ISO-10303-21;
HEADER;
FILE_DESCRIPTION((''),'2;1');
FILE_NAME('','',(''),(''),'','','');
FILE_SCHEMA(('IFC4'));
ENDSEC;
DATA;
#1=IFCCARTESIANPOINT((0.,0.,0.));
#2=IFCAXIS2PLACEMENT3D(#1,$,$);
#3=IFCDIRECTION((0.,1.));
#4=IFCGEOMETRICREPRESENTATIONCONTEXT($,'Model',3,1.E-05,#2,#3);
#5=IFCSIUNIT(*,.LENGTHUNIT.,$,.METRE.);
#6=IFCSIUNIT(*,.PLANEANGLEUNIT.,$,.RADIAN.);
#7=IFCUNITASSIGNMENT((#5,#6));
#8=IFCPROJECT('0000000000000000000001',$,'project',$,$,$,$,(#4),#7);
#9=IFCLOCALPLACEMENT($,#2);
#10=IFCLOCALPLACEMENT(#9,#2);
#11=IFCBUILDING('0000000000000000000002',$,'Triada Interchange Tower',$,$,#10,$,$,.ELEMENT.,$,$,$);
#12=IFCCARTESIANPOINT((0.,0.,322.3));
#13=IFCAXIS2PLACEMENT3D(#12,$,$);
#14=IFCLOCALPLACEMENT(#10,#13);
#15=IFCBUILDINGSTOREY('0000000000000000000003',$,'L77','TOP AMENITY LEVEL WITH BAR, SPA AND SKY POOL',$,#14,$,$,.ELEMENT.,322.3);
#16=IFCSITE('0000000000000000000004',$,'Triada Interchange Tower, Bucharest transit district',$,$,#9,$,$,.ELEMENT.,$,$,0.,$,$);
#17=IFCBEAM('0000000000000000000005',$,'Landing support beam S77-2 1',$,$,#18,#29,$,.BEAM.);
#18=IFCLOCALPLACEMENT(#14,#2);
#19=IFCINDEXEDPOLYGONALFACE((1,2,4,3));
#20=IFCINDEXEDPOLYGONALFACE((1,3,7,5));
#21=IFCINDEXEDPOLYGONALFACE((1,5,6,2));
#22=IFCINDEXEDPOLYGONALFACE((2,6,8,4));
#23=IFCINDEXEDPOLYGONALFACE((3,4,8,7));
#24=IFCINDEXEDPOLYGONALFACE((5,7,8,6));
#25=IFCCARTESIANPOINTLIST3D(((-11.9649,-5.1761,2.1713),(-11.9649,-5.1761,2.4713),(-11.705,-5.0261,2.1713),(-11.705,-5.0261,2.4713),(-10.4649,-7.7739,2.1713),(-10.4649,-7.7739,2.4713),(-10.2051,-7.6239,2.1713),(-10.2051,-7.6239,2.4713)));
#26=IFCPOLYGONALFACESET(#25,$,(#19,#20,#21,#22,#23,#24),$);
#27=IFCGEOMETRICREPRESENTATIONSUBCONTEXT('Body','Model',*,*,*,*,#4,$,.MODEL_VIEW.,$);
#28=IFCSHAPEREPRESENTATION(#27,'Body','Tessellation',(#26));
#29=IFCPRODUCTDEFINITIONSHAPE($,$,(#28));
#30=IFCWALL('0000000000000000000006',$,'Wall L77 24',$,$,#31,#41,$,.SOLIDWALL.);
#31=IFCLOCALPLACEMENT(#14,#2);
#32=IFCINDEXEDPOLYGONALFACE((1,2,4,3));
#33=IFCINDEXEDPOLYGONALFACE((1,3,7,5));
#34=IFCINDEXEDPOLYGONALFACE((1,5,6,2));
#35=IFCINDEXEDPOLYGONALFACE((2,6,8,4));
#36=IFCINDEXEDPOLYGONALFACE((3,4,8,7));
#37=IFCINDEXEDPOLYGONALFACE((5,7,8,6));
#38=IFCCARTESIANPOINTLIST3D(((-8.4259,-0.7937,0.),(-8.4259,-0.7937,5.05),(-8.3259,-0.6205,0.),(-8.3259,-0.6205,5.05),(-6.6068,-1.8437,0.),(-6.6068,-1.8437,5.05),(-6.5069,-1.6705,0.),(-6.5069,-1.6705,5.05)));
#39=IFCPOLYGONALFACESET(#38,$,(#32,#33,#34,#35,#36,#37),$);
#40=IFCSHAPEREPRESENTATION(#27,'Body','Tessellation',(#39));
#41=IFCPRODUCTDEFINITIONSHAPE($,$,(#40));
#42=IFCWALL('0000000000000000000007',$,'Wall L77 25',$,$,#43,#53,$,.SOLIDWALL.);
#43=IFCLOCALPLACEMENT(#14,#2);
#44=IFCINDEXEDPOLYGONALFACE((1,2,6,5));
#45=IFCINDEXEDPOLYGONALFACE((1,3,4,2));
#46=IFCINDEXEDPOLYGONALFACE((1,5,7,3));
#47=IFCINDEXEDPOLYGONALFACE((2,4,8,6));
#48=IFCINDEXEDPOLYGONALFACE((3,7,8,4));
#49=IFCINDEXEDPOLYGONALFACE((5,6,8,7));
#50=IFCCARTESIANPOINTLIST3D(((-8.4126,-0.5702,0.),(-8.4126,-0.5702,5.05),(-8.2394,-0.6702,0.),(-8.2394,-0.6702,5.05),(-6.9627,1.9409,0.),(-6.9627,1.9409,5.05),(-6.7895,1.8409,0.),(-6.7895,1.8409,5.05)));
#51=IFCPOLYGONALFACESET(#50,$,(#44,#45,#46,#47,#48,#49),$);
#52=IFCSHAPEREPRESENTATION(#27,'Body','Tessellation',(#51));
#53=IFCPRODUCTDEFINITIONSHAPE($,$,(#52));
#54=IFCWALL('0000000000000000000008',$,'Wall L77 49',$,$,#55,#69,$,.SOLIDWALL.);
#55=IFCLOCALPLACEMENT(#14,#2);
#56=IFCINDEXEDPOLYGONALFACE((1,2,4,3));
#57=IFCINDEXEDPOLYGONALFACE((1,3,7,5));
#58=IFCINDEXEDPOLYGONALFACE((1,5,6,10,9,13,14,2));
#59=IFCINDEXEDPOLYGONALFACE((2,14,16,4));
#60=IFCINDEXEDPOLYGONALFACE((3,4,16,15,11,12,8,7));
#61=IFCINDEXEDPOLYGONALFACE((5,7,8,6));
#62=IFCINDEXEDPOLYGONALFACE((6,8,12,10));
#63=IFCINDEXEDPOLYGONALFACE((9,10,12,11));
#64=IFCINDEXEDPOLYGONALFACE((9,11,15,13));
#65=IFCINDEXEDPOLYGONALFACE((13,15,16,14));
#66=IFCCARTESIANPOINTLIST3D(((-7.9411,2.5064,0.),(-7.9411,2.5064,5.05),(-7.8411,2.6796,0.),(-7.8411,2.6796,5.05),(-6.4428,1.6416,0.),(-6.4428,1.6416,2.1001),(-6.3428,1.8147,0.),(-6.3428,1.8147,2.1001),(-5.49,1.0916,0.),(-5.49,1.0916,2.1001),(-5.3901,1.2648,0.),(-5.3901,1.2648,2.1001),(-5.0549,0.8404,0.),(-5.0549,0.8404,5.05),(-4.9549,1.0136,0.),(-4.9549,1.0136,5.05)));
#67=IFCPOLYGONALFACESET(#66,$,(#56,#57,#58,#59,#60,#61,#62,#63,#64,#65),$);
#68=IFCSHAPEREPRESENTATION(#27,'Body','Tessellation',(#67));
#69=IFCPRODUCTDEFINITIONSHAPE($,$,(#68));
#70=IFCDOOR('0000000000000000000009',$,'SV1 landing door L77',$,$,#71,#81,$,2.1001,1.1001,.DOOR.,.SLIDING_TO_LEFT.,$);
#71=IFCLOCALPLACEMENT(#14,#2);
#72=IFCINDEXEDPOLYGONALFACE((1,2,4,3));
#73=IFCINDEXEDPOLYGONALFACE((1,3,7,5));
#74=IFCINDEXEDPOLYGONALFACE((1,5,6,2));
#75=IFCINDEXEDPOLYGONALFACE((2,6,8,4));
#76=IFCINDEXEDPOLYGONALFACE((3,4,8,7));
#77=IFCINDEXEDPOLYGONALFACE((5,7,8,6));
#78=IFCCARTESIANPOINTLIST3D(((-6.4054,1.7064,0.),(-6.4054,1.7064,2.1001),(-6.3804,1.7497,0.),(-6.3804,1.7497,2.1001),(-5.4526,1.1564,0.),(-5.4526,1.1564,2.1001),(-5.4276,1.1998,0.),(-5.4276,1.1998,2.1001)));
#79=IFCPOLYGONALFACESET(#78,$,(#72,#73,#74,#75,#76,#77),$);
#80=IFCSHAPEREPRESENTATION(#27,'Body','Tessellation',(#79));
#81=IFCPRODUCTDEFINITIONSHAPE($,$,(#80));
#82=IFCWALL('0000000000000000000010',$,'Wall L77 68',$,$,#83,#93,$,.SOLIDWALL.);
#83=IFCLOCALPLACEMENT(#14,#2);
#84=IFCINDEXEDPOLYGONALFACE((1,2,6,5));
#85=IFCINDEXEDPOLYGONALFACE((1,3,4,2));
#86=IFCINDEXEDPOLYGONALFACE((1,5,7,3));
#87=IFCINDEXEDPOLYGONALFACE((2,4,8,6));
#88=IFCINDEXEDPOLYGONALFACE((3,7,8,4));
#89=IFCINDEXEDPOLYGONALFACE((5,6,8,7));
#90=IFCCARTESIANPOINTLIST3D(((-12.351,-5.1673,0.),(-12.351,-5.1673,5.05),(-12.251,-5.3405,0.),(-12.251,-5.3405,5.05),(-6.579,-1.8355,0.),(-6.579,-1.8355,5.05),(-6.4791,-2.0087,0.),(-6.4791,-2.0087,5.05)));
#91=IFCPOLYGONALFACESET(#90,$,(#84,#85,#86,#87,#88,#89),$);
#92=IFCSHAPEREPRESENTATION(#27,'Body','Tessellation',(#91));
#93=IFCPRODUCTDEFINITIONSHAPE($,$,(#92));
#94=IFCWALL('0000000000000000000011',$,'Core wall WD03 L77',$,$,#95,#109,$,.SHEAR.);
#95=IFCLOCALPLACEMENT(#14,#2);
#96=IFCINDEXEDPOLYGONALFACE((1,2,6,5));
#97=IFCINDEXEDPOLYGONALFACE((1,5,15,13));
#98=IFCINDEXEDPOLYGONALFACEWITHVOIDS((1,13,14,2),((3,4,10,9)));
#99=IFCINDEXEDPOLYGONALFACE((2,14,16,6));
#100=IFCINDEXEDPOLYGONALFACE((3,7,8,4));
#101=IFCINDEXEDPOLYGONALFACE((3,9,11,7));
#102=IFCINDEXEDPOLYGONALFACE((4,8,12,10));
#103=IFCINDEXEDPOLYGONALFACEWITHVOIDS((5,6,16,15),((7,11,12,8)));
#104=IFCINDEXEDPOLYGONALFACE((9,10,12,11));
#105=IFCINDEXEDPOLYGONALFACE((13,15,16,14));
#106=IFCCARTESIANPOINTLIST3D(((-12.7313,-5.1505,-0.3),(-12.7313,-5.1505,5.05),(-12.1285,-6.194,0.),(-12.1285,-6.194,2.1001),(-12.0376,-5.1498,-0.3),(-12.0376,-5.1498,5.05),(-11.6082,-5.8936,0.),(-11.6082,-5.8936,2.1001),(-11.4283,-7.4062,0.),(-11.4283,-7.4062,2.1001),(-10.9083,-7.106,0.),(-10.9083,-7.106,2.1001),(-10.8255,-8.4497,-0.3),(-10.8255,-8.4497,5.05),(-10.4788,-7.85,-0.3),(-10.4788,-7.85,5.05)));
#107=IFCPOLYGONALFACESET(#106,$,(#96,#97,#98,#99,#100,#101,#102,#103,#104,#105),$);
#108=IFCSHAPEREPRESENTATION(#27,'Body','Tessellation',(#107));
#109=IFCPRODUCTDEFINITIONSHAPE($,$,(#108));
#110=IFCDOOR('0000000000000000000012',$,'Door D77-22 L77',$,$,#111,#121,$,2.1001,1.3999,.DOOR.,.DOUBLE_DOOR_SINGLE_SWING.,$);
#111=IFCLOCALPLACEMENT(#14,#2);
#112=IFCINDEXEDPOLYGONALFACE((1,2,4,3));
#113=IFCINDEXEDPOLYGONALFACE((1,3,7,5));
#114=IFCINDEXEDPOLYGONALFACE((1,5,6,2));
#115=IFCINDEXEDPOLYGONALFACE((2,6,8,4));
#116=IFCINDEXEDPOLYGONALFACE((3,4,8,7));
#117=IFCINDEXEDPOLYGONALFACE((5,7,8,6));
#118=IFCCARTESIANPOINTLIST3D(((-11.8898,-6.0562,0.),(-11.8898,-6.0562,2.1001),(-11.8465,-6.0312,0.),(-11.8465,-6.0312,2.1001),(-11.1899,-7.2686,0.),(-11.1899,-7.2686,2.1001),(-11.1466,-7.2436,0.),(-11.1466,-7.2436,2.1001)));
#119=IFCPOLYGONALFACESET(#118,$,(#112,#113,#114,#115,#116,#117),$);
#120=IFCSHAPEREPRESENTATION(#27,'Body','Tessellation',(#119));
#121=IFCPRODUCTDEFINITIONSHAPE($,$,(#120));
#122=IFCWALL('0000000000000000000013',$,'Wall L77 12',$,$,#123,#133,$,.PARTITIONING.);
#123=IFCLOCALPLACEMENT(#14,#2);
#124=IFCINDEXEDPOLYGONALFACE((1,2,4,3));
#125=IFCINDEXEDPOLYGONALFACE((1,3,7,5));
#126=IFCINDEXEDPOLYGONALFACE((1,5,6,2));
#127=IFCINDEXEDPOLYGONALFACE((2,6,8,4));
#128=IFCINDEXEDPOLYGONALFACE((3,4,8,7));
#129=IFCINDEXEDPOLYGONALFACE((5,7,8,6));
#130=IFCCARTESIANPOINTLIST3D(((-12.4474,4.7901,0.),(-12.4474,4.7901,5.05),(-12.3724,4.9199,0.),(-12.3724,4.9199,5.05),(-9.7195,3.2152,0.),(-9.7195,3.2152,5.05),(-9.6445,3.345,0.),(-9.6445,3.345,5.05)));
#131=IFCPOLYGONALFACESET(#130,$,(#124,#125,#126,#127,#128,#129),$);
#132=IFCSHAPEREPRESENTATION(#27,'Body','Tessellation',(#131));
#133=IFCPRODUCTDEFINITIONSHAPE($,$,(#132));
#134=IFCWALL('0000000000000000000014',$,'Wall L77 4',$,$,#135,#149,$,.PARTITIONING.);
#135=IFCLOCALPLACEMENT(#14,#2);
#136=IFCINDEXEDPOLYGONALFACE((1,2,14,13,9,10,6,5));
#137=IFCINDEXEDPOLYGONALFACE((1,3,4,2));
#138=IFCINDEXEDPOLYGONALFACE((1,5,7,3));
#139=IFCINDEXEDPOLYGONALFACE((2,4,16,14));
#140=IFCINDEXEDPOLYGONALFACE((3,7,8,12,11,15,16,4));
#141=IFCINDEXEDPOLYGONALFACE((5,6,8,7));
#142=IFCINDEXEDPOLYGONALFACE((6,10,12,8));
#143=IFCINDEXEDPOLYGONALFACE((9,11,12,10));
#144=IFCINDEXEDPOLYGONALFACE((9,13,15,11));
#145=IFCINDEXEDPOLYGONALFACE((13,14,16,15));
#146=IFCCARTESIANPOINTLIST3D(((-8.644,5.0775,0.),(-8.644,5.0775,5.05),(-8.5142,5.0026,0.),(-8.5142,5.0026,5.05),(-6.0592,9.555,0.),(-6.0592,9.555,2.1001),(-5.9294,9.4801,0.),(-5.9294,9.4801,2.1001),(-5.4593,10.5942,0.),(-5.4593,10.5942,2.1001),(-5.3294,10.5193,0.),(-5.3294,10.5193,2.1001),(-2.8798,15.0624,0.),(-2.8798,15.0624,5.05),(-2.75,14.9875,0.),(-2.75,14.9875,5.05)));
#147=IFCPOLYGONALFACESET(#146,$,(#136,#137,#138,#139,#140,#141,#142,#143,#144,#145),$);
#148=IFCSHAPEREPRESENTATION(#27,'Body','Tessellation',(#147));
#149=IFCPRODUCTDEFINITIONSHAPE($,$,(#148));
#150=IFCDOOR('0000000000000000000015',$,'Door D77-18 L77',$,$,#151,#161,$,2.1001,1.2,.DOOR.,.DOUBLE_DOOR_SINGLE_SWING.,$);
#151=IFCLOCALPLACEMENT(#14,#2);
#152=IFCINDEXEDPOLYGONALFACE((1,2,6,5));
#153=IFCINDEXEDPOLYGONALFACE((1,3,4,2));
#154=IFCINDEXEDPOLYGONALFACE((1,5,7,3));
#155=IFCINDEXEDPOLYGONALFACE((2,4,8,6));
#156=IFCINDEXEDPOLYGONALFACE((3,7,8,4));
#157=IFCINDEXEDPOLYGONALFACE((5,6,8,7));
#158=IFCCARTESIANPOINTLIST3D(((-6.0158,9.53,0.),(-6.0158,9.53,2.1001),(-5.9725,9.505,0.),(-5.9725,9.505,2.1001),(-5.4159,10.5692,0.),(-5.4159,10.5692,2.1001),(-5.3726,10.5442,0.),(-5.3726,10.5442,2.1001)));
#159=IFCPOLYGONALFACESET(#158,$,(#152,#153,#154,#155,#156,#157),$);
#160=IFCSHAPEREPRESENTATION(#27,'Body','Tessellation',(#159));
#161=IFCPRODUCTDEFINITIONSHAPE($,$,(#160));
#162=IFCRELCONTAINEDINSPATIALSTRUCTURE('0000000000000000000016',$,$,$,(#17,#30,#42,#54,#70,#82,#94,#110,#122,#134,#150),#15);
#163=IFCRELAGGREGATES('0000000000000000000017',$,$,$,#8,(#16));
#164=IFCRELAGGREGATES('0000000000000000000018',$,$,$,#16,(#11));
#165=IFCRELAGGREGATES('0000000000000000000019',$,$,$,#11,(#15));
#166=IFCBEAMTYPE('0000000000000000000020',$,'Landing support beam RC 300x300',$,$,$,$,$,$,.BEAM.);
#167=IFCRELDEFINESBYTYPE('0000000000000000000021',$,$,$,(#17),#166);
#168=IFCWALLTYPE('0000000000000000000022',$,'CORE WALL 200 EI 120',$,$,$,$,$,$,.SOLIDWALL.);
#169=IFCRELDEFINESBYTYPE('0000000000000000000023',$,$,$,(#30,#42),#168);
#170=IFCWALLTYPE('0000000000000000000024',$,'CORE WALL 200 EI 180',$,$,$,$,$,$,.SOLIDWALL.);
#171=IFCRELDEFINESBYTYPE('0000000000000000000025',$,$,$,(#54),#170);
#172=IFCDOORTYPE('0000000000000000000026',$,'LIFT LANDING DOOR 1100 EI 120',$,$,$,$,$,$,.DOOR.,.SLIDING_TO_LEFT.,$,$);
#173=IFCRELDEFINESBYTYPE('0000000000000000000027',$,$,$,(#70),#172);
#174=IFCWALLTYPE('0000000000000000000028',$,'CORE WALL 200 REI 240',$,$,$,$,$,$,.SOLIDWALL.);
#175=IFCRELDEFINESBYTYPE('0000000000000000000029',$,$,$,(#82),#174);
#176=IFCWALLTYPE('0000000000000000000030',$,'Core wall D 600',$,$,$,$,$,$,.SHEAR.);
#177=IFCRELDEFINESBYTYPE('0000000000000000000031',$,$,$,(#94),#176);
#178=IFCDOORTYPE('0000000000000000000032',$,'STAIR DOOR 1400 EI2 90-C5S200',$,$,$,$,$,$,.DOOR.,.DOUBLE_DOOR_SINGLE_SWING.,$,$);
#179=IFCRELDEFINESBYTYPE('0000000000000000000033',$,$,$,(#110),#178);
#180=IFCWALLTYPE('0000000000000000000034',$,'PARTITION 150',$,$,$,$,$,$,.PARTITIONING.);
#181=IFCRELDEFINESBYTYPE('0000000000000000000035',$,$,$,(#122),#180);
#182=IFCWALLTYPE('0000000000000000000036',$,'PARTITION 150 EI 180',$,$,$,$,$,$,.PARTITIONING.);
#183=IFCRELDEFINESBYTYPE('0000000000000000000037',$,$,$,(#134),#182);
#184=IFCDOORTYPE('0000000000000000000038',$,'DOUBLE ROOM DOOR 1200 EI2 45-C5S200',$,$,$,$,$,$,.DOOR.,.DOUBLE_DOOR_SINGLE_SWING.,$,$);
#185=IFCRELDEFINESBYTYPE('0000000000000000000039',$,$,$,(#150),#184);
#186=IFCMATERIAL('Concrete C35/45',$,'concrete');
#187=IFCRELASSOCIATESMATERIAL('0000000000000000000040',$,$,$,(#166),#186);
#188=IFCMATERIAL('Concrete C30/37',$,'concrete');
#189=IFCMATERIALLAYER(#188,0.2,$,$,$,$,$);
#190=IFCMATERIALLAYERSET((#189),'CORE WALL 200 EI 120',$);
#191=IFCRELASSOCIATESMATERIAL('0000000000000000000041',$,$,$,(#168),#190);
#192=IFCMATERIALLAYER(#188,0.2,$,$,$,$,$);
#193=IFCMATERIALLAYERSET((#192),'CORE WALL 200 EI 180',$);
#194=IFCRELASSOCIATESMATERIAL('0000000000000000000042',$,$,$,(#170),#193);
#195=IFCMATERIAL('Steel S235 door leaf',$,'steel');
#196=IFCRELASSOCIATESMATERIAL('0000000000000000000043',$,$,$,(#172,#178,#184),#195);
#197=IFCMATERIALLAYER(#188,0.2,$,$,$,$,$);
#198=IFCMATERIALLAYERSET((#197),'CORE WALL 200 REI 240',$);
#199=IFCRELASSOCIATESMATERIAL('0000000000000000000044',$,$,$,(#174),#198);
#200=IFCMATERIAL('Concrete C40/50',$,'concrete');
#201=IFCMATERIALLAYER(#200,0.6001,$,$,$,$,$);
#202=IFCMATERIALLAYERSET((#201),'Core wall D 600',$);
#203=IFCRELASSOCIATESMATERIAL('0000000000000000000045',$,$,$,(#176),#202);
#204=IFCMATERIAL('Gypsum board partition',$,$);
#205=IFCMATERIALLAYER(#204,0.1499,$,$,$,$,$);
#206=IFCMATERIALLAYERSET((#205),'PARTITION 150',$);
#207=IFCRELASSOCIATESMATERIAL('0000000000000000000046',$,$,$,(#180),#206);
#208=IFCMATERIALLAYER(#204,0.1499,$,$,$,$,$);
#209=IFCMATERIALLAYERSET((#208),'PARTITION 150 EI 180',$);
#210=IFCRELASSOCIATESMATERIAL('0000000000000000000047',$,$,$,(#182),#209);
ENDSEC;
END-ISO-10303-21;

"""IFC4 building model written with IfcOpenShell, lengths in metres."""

from ifc_helpers import new_model, si_unit, direction, frame, frame_2d, origin, origin_2d, place, context, subcontext, project, spatial, polyline, rectangle, outline, extrude, material, layer, layer_set, material_profile, profile_set, type_object, element, fill, save


model = new_model("IFC4")

# Units and contexts
model_context = context("Model", 3, precision=1e-05, world=origin(), true_north=direction((0.0, 1.0)))
body_context = subcontext(model_context, "Body", "Model", "MODEL_VIEW")
ifc_project = project(units=[si_unit("LENGTHUNIT", "METRE"), si_unit("PLANEANGLEUNIT", "RADIAN")], contexts=[model_context])

# Site, building, storey
site_placement = place(None, origin())
site = spatial("IfcSite", under=ifc_project, at=site_placement, Name="Triada Interchange Tower, Bucharest transit district", CompositionType="ELEMENT", RefElevation=0.0)
building_placement = place(site_placement, origin())
building = spatial("IfcBuilding", under=site, at=building_placement, Name="Triada Interchange Tower", CompositionType="ELEMENT")
storey_placement = place(building_placement, frame((0.0, 0.0, 322.3)))
storey = spatial("IfcBuildingStorey", under=building, at=storey_placement, Name="L77", Description="TOP AMENITY LEVEL WITH BAR, SPA AND SKY POOL", CompositionType="ELEMENT", Elevation=322.3)

# Beam
ifc_material_1 = material(Name="Concrete C35/45", Category="concrete")
ifc_material_profile = material_profile(ifc_material_1, rectangle(XDim=0.3, YDim=0.3, at=origin_2d()), Name="RC 300x300")
ifc_profile_set = profile_set([ifc_material_profile], Name="Concrete C35/45")
beam_type = type_object("IfcBeamType", Name="Landing support beam RC 300x300", PredefinedType="BEAM", material=ifc_profile_set)
beam_placement = place(storey_placement, frame((-11.835, -5.1011, 2.3213), z_axis=(0.500025, -0.866011, 0.0), x_axis=(0.866011, 0.500025, 0.0)))
element("IfcBeam", 1, at=beam_placement, inside=storey, type_object=beam_type, Name="Landing support beam S77-2 1", PredefinedType="BEAM", context=body_context, shape_type="SweptSolid", body=[
    extrude(rectangle(XDim=0.3, YDim=0.3, at=origin_2d()), origin(), (0.0, 0.0, 1.0), 2.9998),
])

# Walls
ifc_material_2 = material(Name="Concrete C30/37", Category="concrete")
ifc_layer_1 = layer(ifc_material_2, 0.2)
ifc_layer_set_1 = layer_set([ifc_layer_1], Name="CORE WALL 200 EI 120")
wall_type_1 = type_object("IfcWallType", Name="CORE WALL 200 EI 120", PredefinedType="SOLIDWALL", material=ifc_layer_set_1)
wall_1_placement = place(storey_placement, frame((-8.376, -0.707, 0.0), z_axis=(0.0, 0.0, 1.0), x_axis=(0.866068, -0.499927, 0.0)))
element("IfcWall", 2, at=wall_1_placement, inside=storey, type_object=wall_type_1, Name="Wall L77 24", PredefinedType="SOLIDWALL", context=body_context, shape_type="SweptSolid", body=[
    extrude(rectangle(XDim=2.1003, YDim=0.2, at=frame_2d((1.0503, 0.0))), origin(), (0.0, 0.0, 1.0), 5.05),
])
wall_2_placement = place(storey_placement, frame((-8.3259, -0.6201, 0.0), z_axis=(0.0, 0.0, 1.0), x_axis=(0.500024, 0.866012, 0.0)))
element("IfcWall", 3, at=wall_2_placement, inside=storey, type_object=wall_type_1, Name="Wall L77 25", PredefinedType="SOLIDWALL", context=body_context, shape_type="SweptSolid", body=[
    extrude(rectangle(XDim=2.8997, YDim=0.2, at=frame_2d((1.4497, 0.0))), origin(), (0.0, 0.0, 1.0), 5.05),
])

# Wall, opening, door
ifc_layer_2 = layer(ifc_material_2, 0.2)
ifc_layer_set_2 = layer_set([ifc_layer_2], Name="CORE WALL 200 EI 180")
wall_type_2 = type_object("IfcWallType", Name="CORE WALL 200 EI 180", PredefinedType="SOLIDWALL", material=ifc_layer_set_2)
wall_3_placement = place(storey_placement, frame((-7.8911, 2.593, 0.0), z_axis=(0.0, 0.0, 1.0), x_axis=(0.866071, -0.499921, 0.0)))
wall_3 = element("IfcWall", 4, at=wall_3_placement, inside=storey, type_object=wall_type_2, Name="Wall L77 49", PredefinedType="SOLIDWALL", context=body_context, shape_type="SweptSolid", body=[
    extrude(rectangle(XDim=3.3325, YDim=0.2, at=frame_2d((1.6663, 0.0))), origin(), (0.0, 0.0, 1.0), 5.05),
])
opening_1_placement = place(wall_3_placement, frame((1.73, 0.0, 0.0)))
opening_1 = element("IfcOpeningElement", 5, at=opening_1_placement, cuts=wall_3, PredefinedType="OPENING", context=body_context, shape_type="SweptSolid", body=[
    extrude(rectangle(XDim=1.1001, YDim=2.1001, at=frame_2d((0.55, 1.05))), frame((0.0, 0.1099, 0.0), z_axis=(0.0, -1.0, 0.0), x_axis=(1.0, 0.0, 0.0)), (0.0, 0.0, 1.0), 0.22),
])
ifc_material_3 = material(Name="Steel S235 door leaf", Category="steel")
door_type_1 = type_object("IfcDoorType", Name="LIFT LANDING DOOR 1100 EI 120", OperationType="SLIDING_TO_LEFT", PredefinedType="DOOR", material=ifc_material_3)
door_1_placement = place(opening_1_placement, origin())
door_1 = element("IfcDoor", 6, at=door_1_placement, inside=storey, type_object=door_type_1, Name="SV1 landing door L77", OperationType="SLIDING_TO_LEFT", OverallHeight=2.1001, OverallWidth=1.1001, PredefinedType="DOOR", context=body_context, shape_type="SweptSolid", body=[
    extrude(rectangle(XDim=1.1001, YDim=2.1001, at=frame_2d((0.55, 1.05))), frame((0.0, 0.0249, 0.0), z_axis=(0.0, -1.0, 0.0), x_axis=(1.0, 0.0, 0.0)), (0.0, 0.0, 1.0), 0.05),
])
fill(opening_1, door_1)

# Wall
ifc_layer_3 = layer(ifc_material_2, 0.2)
ifc_layer_set_3 = layer_set([ifc_layer_3], Name="CORE WALL 200 REI 240")
wall_type_3 = type_object("IfcWallType", Name="CORE WALL 200 REI 240", PredefinedType="SOLIDWALL", material=ifc_layer_set_3)
wall_4_placement = place(storey_placement, frame((-12.301, -5.2539, 0.0), z_axis=(0.0, 0.0, 1.0), x_axis=(0.866068, 0.499925, 0.0)))
element("IfcWall", 7, at=wall_4_placement, inside=storey, type_object=wall_type_3, Name="Wall L77 68", PredefinedType="SOLIDWALL", context=body_context, shape_type="SweptSolid", body=[
    extrude(rectangle(XDim=6.6646, YDim=0.2, at=frame_2d((3.3323, 0.0))), origin(), (0.0, 0.0, 1.0), 5.05),
])

# Wall, opening, door
ifc_material_4 = material(Name="Concrete C40/50", Category="concrete")
ifc_layer_4 = layer(ifc_material_4, 0.6001)
ifc_layer_set_4 = layer_set([ifc_layer_4], Name="Core wall D 600")
wall_type_4 = type_object("IfcWallType", Name="Core wall D 600", PredefinedType="SHEAR", material=ifc_layer_set_4)
wall_5_placement = place(storey_placement, frame((-12.384, -5.1499, -0.3), z_axis=(0.0, 0.0, 1.0), x_axis=(0.499975, -0.86604, 0.0)))
wall_5 = element("IfcWall", 8, at=wall_5_placement, inside=storey, type_object=wall_type_4, Name="Core wall WD03 L77", PredefinedType="SHEAR", context=body_context, shape_type="SweptSolid", body=[
    extrude(outline(polyline([(-0.1731, -0.301), (1.7319, -0.3005), (3.637, -0.3), (3.291, 0.3), (1.7319, 0.3), (0.1731, 0.3), (-0.1731, -0.301)])), origin(), (0.0, 0.0, 1.0), 5.3501),
])
opening_2_placement = place(wall_5_placement, frame((1.032, 0.0, 0.3)))
opening_2 = element("IfcOpeningElement", 9, at=opening_2_placement, cuts=wall_5, PredefinedType="OPENING", context=body_context, shape_type="SweptSolid", body=[
    extrude(rectangle(XDim=1.3999, YDim=2.1001, at=frame_2d((0.7, 1.05))), frame((0.0, 0.3101, 0.0), z_axis=(0.0, -1.0, 0.0), x_axis=(1.0, 0.0, 0.0)), (0.0, 0.0, 1.0), 0.6211),
])
door_type_2 = type_object("IfcDoorType", Name="STAIR DOOR 1400 EI2 90-C5S200", OperationType="DOUBLE_DOOR_SINGLE_SWING", PredefinedType="DOOR", material=ifc_material_3)
door_2_placement = place(opening_2_placement, origin())
door_2 = element("IfcDoor", 10, at=door_2_placement, inside=storey, type_object=door_type_2, Name="Door D77-22 L77", OperationType="DOUBLE_DOOR_SINGLE_SWING", OverallHeight=2.1001, OverallWidth=1.3999, PredefinedType="DOOR", context=body_context, shape_type="SweptSolid", body=[
    extrude(rectangle(XDim=1.3999, YDim=2.1001, at=frame_2d((0.7, 1.05))), frame((0.0, 0.0249, 0.0), z_axis=(0.0, -1.0, 0.0), x_axis=(1.0, 0.0, 0.0)), (0.0, 0.0, 1.0), 0.05),
])
fill(opening_2, door_2)

# Wall
ifc_material_5 = material(Name="Gypsum board partition")
ifc_layer_5 = layer(ifc_material_5, 0.1499)
ifc_layer_set_5 = layer_set([ifc_layer_5], Name="PARTITION 150")
wall_type_5 = type_object("IfcWallType", Name="PARTITION 150", PredefinedType="PARTITIONING", material=ifc_layer_set_5)
wall_6_placement = place(storey_placement, frame((-12.4099, 4.855, 0.0), z_axis=(0.0, 0.0, 1.0), x_axis=(0.866036, -0.499982, 0.0)))
element("IfcWall", 11, at=wall_6_placement, inside=storey, type_object=wall_type_5, Name="Wall L77 12", PredefinedType="PARTITIONING", context=body_context, shape_type="SweptSolid", body=[
    extrude(rectangle(XDim=3.1499, YDim=0.1499, at=frame_2d((1.575, 0.0))), origin(), (0.0, 0.0, 1.0), 5.05),
])

# Wall, opening, door
ifc_layer_6 = layer(ifc_material_5, 0.1499)
ifc_layer_set_6 = layer_set([ifc_layer_6], Name="PARTITION 150 EI 180")
wall_type_6 = type_object("IfcWallType", Name="PARTITION 150 EI 180", PredefinedType="PARTITIONING", material=ifc_layer_set_6)
wall_7_placement = place(storey_placement, frame((-8.5791, 5.04, 0.0), z_axis=(0.0, 0.0, 1.0), x_axis=(0.499961, 0.866048, 0.0)))
wall_7 = element("IfcWall", 12, at=wall_7_placement, inside=storey, type_object=wall_type_6, Name="Wall L77 4", PredefinedType="PARTITIONING", context=body_context, shape_type="SweptSolid", body=[
    extrude(rectangle(XDim=11.5293, YDim=0.1499, at=frame_2d((5.7646, 0.0))), origin(), (0.0, 0.0, 1.0), 5.05),
])
opening_3_placement = place(wall_7_placement, frame((5.1699, 0.0, 0.0)))
opening_3 = element("IfcOpeningElement", 13, at=opening_3_placement, cuts=wall_7, PredefinedType="OPENING", context=body_context, shape_type="SweptSolid", body=[
    extrude(rectangle(XDim=1.2, YDim=2.1001, at=frame_2d((0.6001, 1.05))), frame((0.0, 0.085, 0.0), z_axis=(0.0, -1.0, 0.0), x_axis=(1.0, 0.0, 0.0)), (0.0, 0.0, 1.0), 0.1699),
])
door_type_3 = type_object("IfcDoorType", Name="DOUBLE ROOM DOOR 1200 EI2 45-C5S200", OperationType="DOUBLE_DOOR_SINGLE_SWING", PredefinedType="DOOR", material=ifc_material_3)
door_3_placement = place(opening_3_placement, origin())
door_3 = element("IfcDoor", 14, at=door_3_placement, inside=storey, type_object=door_type_3, Name="Door D77-18 L77", OperationType="DOUBLE_DOOR_SINGLE_SWING", OverallHeight=2.1001, OverallWidth=1.2, PredefinedType="DOOR", context=body_context, shape_type="SweptSolid", body=[
    extrude(rectangle(XDim=1.2, YDim=2.1001, at=frame_2d((0.6001, 1.05))), frame((0.0, 0.0249, 0.0), z_axis=(0.0, -1.0, 0.0), x_axis=(1.0, 0.0, 0.0)), (0.0, 0.0, 1.0), 0.05),
])
fill(opening_3, door_3)

save(model, "model.ifc")
